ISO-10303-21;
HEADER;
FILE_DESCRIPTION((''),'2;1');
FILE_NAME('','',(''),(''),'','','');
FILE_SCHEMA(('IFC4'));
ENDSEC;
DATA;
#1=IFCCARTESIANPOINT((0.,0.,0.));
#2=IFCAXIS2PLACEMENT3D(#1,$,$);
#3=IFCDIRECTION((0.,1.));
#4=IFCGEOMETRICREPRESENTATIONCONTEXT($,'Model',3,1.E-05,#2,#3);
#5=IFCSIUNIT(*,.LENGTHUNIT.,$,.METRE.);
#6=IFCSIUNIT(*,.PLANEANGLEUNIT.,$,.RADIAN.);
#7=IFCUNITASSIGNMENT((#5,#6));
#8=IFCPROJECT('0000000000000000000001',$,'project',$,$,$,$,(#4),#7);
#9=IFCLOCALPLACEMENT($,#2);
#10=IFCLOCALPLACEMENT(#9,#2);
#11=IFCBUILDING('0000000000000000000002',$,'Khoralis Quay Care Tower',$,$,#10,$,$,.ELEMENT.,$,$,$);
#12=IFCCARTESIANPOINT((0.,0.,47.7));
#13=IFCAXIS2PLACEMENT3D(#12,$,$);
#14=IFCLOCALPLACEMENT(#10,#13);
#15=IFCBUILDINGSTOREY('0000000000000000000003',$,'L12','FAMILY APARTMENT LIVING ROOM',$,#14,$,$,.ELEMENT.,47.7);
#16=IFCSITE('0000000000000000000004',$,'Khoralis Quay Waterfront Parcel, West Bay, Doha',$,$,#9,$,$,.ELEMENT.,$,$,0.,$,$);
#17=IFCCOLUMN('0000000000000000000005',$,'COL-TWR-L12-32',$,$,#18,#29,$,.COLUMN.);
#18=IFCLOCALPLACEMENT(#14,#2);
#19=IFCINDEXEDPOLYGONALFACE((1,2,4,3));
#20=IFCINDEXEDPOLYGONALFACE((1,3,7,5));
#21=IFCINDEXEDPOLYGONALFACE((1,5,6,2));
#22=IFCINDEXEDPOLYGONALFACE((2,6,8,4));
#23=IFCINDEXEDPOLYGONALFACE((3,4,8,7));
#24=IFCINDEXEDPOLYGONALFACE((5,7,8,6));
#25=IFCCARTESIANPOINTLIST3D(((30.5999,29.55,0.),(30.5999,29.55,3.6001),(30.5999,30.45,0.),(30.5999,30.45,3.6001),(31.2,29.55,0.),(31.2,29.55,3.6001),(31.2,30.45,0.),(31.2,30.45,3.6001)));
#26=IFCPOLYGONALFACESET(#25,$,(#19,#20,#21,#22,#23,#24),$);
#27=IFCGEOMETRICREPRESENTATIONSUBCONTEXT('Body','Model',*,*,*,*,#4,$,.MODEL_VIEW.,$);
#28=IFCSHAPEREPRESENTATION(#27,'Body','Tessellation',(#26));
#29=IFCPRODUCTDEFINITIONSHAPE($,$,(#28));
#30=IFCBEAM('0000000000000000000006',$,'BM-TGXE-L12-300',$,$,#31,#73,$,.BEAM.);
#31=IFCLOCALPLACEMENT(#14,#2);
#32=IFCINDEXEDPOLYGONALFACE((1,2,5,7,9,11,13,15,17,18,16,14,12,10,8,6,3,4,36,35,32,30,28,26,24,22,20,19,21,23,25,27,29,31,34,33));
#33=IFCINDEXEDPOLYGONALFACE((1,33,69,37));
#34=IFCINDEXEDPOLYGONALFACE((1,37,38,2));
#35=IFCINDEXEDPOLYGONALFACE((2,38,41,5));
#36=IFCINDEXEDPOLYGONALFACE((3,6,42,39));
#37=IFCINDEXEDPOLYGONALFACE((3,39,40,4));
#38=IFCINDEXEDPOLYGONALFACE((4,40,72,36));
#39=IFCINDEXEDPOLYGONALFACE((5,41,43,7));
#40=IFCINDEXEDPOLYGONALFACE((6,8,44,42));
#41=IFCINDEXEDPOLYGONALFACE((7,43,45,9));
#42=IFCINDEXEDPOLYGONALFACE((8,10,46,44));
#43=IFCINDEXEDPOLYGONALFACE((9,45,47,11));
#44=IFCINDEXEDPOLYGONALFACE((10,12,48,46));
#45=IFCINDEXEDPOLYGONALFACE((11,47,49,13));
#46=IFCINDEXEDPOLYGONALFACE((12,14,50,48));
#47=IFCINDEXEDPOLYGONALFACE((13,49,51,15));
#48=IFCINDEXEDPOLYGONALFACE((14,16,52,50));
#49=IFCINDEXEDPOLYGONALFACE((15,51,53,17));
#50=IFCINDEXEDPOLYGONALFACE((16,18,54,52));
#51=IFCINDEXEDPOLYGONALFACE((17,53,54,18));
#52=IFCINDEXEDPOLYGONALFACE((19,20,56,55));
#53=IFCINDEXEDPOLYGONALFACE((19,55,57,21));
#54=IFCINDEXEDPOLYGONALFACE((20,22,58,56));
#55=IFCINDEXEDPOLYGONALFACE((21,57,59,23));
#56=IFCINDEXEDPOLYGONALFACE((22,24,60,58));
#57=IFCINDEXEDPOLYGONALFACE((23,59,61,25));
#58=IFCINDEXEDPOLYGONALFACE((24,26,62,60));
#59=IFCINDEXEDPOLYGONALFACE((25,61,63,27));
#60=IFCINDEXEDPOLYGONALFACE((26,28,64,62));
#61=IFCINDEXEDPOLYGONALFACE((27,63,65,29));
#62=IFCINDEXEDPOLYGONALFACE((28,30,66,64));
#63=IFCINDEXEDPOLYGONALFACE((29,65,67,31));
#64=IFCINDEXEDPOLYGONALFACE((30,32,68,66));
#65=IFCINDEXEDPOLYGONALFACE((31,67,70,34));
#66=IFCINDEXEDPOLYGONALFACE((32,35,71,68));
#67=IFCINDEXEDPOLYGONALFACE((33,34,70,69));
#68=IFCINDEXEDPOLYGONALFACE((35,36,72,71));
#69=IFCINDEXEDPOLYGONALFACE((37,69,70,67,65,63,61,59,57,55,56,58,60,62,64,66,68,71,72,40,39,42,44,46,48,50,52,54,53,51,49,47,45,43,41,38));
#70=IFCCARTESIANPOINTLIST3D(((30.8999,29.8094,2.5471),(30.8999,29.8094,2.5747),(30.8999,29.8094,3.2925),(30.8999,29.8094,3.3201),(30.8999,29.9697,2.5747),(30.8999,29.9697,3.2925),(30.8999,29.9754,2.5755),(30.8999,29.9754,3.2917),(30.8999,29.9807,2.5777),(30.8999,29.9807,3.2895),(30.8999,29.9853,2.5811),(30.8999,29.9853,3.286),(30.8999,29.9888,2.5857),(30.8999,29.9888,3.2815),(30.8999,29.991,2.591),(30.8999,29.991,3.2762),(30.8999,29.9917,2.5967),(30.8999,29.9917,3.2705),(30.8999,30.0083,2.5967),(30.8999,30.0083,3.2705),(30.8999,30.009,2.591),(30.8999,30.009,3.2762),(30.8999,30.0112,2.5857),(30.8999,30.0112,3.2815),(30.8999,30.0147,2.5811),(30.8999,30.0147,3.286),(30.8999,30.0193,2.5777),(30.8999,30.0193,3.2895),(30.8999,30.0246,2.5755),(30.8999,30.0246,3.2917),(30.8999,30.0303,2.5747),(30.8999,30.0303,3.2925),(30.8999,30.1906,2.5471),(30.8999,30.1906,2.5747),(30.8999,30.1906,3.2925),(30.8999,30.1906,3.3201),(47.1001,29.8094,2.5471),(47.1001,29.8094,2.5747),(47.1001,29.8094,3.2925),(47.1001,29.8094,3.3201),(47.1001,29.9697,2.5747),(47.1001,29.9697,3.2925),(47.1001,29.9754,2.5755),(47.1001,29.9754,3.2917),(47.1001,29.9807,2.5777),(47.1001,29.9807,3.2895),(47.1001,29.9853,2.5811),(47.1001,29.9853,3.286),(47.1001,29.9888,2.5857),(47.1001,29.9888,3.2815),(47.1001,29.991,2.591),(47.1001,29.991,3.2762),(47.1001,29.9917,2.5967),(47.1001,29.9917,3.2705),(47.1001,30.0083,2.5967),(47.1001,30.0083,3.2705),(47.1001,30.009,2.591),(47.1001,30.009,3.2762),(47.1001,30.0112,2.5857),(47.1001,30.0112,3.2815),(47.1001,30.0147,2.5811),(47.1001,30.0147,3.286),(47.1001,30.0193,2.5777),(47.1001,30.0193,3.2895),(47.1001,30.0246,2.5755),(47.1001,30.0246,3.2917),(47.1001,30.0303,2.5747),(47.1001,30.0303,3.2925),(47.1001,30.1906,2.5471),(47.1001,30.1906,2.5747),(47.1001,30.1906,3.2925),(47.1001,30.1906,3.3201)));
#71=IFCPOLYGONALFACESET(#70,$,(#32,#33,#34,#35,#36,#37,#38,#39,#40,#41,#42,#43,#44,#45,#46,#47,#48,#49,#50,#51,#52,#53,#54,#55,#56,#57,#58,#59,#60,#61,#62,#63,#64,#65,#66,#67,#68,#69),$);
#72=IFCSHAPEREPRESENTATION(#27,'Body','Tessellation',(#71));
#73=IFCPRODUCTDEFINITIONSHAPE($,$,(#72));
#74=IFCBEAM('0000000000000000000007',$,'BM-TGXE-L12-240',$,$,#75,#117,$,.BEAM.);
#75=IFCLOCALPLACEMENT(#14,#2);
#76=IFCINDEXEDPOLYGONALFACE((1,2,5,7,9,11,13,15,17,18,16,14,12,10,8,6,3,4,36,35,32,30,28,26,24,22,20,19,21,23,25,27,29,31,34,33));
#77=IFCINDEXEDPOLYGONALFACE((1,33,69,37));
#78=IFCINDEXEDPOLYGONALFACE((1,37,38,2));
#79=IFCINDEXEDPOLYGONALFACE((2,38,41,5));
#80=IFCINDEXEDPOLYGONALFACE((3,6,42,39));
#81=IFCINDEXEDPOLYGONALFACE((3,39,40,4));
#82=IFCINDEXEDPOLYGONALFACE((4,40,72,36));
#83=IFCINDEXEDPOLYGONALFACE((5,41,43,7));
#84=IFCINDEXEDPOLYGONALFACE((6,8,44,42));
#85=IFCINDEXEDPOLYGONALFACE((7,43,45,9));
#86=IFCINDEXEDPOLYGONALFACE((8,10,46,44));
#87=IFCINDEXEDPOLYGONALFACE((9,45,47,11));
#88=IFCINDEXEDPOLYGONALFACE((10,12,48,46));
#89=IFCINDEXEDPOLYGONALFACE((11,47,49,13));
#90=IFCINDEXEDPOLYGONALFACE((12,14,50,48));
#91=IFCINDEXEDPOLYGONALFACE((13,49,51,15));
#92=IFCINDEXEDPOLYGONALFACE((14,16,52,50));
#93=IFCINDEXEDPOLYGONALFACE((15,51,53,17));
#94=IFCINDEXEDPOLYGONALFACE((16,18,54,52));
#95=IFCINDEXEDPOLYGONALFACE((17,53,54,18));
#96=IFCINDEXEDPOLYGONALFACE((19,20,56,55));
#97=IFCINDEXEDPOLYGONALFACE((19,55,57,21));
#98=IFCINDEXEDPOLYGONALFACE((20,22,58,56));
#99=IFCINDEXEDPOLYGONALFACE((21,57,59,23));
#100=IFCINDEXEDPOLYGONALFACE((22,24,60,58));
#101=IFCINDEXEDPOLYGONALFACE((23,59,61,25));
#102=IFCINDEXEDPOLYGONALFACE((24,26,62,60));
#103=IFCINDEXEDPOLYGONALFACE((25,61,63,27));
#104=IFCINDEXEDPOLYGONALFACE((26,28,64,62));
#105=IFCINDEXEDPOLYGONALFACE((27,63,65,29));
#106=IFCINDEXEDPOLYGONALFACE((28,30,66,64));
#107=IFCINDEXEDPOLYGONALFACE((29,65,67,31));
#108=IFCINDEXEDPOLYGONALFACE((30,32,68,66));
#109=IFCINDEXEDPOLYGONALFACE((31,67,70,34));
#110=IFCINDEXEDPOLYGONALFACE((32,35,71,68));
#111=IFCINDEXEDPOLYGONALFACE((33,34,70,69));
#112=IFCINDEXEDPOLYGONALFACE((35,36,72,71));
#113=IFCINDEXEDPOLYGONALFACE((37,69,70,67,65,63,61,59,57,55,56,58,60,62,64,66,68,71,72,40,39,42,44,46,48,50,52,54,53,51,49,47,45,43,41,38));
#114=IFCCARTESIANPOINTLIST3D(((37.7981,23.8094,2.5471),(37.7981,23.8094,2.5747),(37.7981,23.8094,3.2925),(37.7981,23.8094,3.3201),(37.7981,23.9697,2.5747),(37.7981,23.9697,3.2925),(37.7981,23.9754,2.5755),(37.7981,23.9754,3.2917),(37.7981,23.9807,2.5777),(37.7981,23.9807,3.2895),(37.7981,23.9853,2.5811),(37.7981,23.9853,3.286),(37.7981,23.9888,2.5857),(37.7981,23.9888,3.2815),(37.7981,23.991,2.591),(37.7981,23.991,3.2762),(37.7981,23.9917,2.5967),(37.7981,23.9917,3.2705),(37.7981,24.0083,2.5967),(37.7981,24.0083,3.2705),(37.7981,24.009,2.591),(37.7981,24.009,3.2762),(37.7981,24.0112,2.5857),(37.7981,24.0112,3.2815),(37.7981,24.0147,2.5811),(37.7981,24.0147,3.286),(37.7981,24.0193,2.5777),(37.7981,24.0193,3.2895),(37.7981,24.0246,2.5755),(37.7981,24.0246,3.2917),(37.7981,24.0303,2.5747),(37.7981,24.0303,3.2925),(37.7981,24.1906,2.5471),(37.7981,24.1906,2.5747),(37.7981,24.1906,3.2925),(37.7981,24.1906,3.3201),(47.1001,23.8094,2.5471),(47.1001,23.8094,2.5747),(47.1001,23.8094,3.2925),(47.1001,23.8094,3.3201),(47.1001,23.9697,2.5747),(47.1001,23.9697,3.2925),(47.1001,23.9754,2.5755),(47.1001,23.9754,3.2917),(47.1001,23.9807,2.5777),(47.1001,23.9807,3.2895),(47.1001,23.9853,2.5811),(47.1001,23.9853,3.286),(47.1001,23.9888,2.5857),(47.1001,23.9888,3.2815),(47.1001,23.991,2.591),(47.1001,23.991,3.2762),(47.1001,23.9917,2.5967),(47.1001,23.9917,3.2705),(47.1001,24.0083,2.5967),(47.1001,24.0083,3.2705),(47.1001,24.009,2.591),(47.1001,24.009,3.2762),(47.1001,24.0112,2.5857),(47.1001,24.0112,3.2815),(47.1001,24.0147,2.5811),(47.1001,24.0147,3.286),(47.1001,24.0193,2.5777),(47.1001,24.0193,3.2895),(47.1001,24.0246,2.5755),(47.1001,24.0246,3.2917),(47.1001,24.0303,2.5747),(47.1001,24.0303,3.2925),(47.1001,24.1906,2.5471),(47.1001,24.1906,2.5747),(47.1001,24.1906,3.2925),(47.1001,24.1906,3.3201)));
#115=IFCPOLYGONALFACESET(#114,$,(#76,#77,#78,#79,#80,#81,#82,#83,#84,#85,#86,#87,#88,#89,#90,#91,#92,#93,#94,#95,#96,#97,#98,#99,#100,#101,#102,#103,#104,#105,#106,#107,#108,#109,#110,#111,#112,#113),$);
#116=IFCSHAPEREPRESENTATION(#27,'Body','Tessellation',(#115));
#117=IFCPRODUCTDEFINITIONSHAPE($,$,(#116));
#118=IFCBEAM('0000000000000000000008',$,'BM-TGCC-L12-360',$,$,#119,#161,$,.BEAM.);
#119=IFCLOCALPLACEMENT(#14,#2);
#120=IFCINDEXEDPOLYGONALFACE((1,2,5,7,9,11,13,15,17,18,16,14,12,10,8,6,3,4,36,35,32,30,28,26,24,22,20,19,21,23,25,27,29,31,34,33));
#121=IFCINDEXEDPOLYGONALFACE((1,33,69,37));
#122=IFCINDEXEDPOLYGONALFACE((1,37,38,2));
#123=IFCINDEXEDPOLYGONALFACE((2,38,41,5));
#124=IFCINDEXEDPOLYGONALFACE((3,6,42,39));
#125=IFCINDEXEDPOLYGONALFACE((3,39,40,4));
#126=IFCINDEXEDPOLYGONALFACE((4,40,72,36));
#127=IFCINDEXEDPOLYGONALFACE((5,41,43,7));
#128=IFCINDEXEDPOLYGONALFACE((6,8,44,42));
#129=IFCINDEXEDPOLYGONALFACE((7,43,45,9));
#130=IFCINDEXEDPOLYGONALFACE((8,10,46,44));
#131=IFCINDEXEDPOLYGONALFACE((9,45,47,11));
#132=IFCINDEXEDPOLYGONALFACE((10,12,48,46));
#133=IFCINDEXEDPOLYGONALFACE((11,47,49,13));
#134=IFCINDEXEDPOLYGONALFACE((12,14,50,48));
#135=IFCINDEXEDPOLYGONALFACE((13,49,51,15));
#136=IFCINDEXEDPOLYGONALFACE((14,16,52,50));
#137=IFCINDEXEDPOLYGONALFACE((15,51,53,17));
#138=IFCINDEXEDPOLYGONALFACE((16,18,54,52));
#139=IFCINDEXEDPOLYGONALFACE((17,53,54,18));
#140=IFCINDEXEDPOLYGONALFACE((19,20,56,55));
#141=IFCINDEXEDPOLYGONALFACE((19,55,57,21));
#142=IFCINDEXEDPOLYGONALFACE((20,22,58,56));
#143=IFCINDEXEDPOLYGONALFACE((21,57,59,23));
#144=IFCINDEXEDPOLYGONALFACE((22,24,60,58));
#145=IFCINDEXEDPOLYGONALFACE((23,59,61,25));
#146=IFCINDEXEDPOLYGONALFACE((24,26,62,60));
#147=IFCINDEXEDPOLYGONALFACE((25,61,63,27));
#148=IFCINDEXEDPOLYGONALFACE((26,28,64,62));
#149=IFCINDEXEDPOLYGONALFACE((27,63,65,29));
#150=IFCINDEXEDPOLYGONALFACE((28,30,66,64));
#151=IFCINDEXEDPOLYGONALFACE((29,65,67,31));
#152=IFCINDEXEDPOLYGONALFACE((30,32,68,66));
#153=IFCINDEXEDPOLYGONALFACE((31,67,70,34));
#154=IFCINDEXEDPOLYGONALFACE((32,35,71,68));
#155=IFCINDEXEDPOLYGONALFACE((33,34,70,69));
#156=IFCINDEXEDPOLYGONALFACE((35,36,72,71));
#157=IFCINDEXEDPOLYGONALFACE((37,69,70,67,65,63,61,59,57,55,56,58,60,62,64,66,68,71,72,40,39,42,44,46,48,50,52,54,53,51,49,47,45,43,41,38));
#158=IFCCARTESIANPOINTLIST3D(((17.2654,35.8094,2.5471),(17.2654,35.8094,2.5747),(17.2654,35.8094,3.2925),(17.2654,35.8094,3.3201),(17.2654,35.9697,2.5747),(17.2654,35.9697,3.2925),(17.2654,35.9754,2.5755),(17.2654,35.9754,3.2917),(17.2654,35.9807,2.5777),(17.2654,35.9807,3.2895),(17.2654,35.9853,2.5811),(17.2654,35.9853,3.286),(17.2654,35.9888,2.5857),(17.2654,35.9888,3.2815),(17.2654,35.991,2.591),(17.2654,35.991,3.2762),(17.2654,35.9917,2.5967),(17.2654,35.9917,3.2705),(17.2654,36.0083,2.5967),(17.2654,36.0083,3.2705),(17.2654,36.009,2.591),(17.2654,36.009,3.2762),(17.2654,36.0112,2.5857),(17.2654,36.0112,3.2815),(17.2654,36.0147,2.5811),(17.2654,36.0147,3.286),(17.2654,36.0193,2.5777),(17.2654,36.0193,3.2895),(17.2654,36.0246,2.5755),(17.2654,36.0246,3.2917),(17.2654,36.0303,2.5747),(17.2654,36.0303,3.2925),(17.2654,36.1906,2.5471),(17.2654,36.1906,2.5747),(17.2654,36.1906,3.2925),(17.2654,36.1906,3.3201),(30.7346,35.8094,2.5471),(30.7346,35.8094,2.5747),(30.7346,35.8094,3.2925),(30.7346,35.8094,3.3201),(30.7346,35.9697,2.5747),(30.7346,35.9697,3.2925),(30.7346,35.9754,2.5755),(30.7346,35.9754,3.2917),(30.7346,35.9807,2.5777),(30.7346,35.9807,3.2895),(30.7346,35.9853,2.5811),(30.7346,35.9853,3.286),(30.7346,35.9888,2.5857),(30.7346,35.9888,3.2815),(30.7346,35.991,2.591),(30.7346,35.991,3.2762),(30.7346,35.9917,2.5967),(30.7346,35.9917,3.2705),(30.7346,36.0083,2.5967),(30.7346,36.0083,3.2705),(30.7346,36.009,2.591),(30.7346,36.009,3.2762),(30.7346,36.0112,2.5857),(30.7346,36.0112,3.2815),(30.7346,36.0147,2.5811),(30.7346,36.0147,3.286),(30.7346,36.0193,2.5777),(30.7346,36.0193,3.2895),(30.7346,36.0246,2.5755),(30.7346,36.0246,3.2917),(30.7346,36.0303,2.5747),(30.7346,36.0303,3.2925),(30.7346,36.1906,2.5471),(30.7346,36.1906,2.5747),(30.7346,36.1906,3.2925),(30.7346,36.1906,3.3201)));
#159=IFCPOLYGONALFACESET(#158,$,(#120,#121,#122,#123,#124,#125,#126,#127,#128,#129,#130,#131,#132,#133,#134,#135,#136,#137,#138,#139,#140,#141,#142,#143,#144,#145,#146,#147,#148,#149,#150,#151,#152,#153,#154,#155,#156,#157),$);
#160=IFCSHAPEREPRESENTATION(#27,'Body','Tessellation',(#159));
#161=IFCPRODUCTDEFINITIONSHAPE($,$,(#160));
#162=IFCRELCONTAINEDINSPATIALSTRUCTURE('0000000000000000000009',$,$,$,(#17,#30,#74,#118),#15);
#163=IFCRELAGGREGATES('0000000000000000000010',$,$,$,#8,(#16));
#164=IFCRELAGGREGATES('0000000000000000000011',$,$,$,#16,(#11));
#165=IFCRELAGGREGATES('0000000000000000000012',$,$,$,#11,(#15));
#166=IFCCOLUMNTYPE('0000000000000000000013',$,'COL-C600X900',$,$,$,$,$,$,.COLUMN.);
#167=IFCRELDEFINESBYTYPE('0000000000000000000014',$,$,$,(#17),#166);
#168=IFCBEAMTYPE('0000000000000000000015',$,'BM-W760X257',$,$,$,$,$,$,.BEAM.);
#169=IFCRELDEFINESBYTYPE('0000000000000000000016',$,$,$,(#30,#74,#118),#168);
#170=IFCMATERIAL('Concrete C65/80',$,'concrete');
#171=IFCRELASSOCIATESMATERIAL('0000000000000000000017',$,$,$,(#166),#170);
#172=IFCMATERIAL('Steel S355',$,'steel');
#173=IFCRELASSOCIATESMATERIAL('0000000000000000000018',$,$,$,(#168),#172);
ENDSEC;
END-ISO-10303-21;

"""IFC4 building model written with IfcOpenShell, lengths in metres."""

from ifc_helpers import new_model, si_unit, direction, frame, origin, origin_2d, place, context, subcontext, project, spatial, rectangle, i_section, extrude, source, transform, mapped, material, material_profile, profile_set, type_object, element, save


model = new_model("IFC4")

# Units and contexts
model_context = context("Model", 3, precision=1e-05, world=origin(), true_north=direction((0.0, 1.0)))
body_context = subcontext(model_context, "Body", "Model", "MODEL_VIEW")
ifc_project = project(units=[si_unit("LENGTHUNIT", "METRE"), si_unit("PLANEANGLEUNIT", "RADIAN")], contexts=[model_context])

# Site, building, storey
site_placement = place(None, origin())
site = spatial("IfcSite", under=ifc_project, at=site_placement, Name="Khoralis Quay Waterfront Parcel, West Bay, Doha", CompositionType="ELEMENT", RefElevation=0.0)
building_placement = place(site_placement, origin())
building = spatial("IfcBuilding", under=site, at=building_placement, Name="Khoralis Quay Care Tower", CompositionType="ELEMENT")
storey_placement = place(building_placement, frame((0.0, 0.0, 47.7)))
storey = spatial("IfcBuildingStorey", under=building, at=storey_placement, Name="L12", Description="FAMILY APARTMENT LIVING ROOM", CompositionType="ELEMENT", Elevation=47.7)

# Column
ifc_material_1 = material(Name="Concrete C65/80", Category="concrete")
ifc_material_profile_1 = material_profile(ifc_material_1, rectangle(XDim=0.6001, YDim=0.8999, at=origin_2d()), Name="Concrete C65/80")
ifc_profile_set_1 = profile_set([ifc_material_profile_1], Name="Concrete C65/80")
column_type = type_object("IfcColumnType", Name="COL-C600X900", PredefinedType="COLUMN", material=ifc_profile_set_1)
shared_shape_1 = source(origin(), body_context, "Body", "SweptSolid", [
    extrude(rectangle(XDim=0.6001, YDim=0.8999, at=origin_2d()), origin(), (0.0, 0.0, 1.0), 3.6001),
])
column_placement = place(storey_placement, frame((30.8999, 30.0, 0.0), z_axis=(0.0, 0.0, 1.0), x_axis=(1.0, 0.0, 0.0)))
element("IfcColumn", 1, at=column_placement, inside=storey, type_object=column_type, Name="COL-TWR-L12-32", PredefinedType="COLUMN", context=body_context, shape_type="MappedRepresentation", body=[
    mapped(shared_shape_1, transform((0.0, 0.0, 0.0), scale=1.0)),
])

# Beams
ifc_material_2 = material(Name="Steel S355", Category="steel")
ifc_material_profile_2 = material_profile(ifc_material_2, i_section(OverallWidth=0.3811, OverallDepth=0.7729, WebThickness=0.0166, FlangeThickness=0.0276, FilletRadius=0.022, at=origin_2d()), Name="Steel S355")
ifc_profile_set_2 = profile_set([ifc_material_profile_2], Name="Steel S355")
beam_type_1 = type_object("IfcBeamType", Name="BM-W760X257", PredefinedType="BEAM", material=ifc_profile_set_2)
shared_shape_2 = source(origin(), body_context, "Body", "SweptSolid", [
    extrude(i_section(OverallWidth=0.3811, OverallDepth=0.7729, WebThickness=0.0166, FlangeThickness=0.0276, FilletRadius=0.022, at=origin_2d()), origin(), (0.0, 0.0, 1.0), 16.2002),
])
beam_1_placement = place(storey_placement, frame((30.8999, 30.0, 2.9336), z_axis=(1.0, 0.0, 0.0), x_axis=(0.0, 1.0, 0.0)))
element("IfcBeam", 2, at=beam_1_placement, inside=storey, type_object=beam_type_1, Name="BM-TGXE-L12-300", PredefinedType="BEAM", context=body_context, shape_type="MappedRepresentation", body=[
    mapped(shared_shape_2, transform((0.0, 0.0, 0.0), scale=1.0)),
])
shared_shape_3 = source(origin(), body_context, "Body", "SweptSolid", [
    extrude(i_section(OverallWidth=0.3811, OverallDepth=0.7729, WebThickness=0.0166, FlangeThickness=0.0276, FilletRadius=0.022, at=origin_2d()), origin(), (0.0, 0.0, 1.0), 9.302),
])
beam_2_placement = place(storey_placement, frame((37.7981, 24.0, 2.9336), z_axis=(1.0, 0.0, 0.0), x_axis=(0.0, 1.0, 0.0)))
element("IfcBeam", 3, at=beam_2_placement, inside=storey, type_object=beam_type_1, Name="BM-TGXE-L12-240", PredefinedType="BEAM", context=body_context, shape_type="MappedRepresentation", body=[
    mapped(shared_shape_3, transform((0.0, 0.0, 0.0), scale=1.0)),
])
shared_shape_4 = source(origin(), body_context, "Body", "SweptSolid", [
    extrude(i_section(OverallWidth=0.3811, OverallDepth=0.7729, WebThickness=0.0166, FlangeThickness=0.0276, FilletRadius=0.022, at=origin_2d()), origin(), (0.0, 0.0, 1.0), 13.4692),
])
beam_3_placement = place(storey_placement, frame((17.2654, 36.0, 2.9336), z_axis=(1.0, 0.0, 0.0), x_axis=(0.0, 1.0, 0.0)))
element("IfcBeam", 4, at=beam_3_placement, inside=storey, type_object=beam_type_1, Name="BM-TGCC-L12-360", PredefinedType="BEAM", context=body_context, shape_type="MappedRepresentation", body=[
    mapped(shared_shape_4, transform((0.0, 0.0, 0.0), scale=1.0)),
])

save(model, "model.ifc")
